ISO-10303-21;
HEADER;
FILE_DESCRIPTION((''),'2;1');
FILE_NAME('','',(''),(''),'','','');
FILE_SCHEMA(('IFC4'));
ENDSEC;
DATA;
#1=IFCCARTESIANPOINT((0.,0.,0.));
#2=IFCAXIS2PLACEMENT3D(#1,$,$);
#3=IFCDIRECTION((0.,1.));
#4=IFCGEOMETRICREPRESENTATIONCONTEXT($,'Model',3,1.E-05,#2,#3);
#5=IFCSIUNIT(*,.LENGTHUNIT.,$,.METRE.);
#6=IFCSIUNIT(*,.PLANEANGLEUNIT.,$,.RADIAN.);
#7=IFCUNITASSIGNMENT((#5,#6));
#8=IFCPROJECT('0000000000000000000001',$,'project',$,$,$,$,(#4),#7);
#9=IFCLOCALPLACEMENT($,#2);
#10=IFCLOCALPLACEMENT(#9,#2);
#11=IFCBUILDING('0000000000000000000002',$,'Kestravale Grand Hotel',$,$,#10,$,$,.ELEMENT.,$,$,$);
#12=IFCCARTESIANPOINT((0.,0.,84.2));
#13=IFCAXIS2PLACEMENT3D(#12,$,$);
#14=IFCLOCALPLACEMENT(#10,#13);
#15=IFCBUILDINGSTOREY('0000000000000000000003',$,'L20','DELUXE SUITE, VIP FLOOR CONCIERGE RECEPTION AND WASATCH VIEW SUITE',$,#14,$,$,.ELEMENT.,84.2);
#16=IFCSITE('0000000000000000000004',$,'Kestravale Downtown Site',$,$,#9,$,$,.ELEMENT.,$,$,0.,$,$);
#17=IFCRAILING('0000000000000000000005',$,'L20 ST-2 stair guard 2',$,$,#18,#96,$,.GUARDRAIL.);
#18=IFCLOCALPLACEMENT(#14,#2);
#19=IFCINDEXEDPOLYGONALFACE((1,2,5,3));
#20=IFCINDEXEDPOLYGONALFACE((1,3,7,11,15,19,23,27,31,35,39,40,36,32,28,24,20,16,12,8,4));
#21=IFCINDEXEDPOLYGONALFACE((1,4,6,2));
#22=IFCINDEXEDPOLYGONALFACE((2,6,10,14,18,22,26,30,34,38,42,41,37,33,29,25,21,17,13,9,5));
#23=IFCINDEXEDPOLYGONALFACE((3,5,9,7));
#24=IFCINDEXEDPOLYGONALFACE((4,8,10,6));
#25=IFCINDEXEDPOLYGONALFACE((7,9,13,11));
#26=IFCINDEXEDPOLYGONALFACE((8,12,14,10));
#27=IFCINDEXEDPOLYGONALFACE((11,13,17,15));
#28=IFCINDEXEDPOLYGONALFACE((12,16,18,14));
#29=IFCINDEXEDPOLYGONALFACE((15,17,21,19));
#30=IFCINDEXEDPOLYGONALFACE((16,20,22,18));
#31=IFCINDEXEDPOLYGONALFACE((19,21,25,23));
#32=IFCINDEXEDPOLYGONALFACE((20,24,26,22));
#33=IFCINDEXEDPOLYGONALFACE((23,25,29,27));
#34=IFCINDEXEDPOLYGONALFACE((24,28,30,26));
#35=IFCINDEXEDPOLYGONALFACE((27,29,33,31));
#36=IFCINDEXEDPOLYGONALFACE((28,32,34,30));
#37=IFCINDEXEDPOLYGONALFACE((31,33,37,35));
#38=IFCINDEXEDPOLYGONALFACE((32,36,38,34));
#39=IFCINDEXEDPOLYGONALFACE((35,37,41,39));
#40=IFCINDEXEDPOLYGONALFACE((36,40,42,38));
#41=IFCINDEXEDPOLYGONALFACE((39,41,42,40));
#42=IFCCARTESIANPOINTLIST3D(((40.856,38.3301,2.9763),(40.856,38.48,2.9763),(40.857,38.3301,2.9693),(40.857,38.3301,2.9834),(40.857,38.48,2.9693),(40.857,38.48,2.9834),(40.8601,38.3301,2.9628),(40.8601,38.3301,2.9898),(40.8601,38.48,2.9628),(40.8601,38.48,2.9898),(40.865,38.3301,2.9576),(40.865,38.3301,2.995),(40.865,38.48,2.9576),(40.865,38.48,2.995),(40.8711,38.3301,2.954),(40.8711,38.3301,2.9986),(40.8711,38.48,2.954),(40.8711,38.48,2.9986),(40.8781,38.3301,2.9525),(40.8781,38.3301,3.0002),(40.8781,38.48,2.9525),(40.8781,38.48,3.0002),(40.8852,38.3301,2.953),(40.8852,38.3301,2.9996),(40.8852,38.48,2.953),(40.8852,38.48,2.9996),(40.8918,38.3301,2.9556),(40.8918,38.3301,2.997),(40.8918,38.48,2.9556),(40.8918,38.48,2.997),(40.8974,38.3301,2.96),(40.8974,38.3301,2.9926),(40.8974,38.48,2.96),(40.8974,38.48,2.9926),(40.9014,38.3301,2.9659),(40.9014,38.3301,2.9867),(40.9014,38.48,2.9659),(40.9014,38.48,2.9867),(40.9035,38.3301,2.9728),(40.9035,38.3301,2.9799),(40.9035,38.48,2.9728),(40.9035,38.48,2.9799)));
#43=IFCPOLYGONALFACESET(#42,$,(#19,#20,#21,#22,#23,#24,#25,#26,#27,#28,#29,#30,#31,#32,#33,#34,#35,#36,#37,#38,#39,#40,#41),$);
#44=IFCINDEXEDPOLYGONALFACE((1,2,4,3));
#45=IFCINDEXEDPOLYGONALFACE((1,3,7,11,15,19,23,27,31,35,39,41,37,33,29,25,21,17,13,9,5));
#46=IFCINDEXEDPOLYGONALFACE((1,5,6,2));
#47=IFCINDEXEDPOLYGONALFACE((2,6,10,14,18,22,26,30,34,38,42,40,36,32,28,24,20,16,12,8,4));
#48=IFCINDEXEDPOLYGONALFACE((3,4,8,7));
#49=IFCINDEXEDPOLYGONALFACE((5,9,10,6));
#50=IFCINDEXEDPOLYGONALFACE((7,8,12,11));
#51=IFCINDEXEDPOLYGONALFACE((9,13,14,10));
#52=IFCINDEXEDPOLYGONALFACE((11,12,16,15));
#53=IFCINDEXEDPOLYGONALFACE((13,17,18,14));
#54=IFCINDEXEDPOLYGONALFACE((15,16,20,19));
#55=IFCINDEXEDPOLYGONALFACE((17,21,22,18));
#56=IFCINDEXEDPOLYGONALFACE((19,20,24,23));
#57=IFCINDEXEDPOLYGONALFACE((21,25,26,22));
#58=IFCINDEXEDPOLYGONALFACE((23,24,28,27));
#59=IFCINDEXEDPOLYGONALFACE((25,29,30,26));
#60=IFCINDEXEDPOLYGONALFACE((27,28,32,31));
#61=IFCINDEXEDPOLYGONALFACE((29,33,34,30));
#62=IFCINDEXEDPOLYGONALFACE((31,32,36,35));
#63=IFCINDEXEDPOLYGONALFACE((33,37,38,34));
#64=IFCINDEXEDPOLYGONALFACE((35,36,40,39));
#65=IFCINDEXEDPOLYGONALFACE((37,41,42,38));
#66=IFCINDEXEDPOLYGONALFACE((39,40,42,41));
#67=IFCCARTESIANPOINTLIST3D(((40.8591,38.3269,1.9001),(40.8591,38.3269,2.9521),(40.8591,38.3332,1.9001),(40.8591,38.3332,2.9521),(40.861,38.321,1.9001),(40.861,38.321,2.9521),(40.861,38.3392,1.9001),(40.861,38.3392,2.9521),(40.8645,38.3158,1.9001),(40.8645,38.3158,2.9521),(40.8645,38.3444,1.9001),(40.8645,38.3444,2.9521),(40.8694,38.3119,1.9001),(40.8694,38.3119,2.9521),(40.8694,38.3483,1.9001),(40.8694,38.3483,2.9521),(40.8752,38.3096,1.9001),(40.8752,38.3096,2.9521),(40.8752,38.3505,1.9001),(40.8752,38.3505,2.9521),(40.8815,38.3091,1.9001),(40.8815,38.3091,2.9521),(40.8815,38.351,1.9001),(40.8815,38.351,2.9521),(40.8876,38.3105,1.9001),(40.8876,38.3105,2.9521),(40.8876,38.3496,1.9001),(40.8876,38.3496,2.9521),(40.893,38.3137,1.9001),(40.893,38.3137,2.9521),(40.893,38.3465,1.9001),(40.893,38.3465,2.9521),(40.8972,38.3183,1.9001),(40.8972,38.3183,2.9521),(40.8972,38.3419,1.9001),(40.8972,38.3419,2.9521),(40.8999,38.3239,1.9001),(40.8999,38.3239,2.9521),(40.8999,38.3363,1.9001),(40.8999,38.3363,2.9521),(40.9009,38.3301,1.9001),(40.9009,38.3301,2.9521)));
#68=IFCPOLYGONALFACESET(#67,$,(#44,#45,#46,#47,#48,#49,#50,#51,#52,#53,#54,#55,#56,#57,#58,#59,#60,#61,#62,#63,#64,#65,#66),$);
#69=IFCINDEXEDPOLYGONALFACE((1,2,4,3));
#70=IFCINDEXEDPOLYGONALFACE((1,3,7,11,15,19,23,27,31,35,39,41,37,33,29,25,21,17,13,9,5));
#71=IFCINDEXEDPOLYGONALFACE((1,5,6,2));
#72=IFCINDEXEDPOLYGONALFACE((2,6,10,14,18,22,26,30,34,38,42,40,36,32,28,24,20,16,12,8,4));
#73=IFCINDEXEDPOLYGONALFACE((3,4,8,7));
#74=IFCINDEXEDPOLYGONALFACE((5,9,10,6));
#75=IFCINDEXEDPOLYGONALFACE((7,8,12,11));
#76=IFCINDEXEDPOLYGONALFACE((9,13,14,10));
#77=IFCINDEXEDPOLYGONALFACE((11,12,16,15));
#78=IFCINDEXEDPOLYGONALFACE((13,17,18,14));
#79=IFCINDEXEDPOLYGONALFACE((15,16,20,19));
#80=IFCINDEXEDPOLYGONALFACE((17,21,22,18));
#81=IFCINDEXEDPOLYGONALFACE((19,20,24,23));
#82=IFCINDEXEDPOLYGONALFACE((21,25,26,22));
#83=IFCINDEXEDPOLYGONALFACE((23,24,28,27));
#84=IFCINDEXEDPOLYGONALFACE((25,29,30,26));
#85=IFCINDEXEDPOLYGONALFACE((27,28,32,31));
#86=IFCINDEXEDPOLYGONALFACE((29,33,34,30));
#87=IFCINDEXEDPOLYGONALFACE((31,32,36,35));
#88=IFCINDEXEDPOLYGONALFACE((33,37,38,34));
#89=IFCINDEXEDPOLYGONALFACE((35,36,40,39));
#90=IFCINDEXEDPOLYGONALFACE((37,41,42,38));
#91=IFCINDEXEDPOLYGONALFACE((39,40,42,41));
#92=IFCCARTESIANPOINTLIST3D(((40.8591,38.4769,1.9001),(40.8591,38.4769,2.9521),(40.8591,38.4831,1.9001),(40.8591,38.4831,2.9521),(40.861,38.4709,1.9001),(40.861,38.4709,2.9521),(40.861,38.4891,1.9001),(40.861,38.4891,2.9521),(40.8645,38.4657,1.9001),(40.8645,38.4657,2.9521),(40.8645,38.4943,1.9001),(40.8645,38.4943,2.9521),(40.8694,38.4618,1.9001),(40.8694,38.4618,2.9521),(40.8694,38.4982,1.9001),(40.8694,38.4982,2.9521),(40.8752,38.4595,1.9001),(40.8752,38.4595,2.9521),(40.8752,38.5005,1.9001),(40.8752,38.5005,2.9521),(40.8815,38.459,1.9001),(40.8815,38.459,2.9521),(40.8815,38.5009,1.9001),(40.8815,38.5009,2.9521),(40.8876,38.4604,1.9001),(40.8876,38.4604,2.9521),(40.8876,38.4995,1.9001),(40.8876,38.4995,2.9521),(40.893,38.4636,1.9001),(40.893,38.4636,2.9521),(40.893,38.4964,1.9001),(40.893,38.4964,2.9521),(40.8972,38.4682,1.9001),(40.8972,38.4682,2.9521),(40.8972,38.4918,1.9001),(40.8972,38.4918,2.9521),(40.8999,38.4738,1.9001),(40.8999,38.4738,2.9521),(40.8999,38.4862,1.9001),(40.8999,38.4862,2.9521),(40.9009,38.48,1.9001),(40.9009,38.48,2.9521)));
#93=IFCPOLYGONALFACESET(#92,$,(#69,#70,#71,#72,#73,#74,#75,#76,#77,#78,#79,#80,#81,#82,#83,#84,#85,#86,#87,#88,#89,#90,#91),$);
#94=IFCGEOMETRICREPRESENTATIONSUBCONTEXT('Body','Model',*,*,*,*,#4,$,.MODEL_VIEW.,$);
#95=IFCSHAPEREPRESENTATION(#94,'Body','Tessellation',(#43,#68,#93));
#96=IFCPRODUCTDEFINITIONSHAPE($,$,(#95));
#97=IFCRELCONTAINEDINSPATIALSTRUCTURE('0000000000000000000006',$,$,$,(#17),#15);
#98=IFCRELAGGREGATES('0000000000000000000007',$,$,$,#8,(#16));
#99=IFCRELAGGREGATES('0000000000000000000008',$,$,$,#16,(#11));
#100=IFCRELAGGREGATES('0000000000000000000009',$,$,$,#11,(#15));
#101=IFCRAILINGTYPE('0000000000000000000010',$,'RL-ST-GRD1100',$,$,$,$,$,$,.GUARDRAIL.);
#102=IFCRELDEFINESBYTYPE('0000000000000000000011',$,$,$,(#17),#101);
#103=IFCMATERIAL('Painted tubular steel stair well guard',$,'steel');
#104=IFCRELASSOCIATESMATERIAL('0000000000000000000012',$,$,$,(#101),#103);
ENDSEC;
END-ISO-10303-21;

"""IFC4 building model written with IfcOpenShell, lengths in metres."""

from ifc_helpers import new_model, si_unit, direction, frame, origin, origin_2d, place, context, subcontext, project, spatial, circle, extrude, material, type_object, element, save


model = new_model("IFC4")

# Units and contexts
model_context = context("Model", 3, precision=1e-05, world=origin(), true_north=direction((0.0, 1.0)))
body_context = subcontext(model_context, "Body", "Model", "MODEL_VIEW")
ifc_project = project(units=[si_unit("LENGTHUNIT", "METRE"), si_unit("PLANEANGLEUNIT", "RADIAN")], contexts=[model_context])

# Site, building, storey
site_placement = place(None, origin())
site = spatial("IfcSite", under=ifc_project, at=site_placement, Name="Kestravale Downtown Site", CompositionType="ELEMENT", RefElevation=0.0)
building_placement = place(site_placement, origin())
building = spatial("IfcBuilding", under=site, at=building_placement, Name="Kestravale Grand Hotel", CompositionType="ELEMENT")
storey_placement = place(building_placement, frame((0.0, 0.0, 84.2)))
storey = spatial("IfcBuildingStorey", under=building, at=storey_placement, Name="L20", Description="DELUXE SUITE, VIP FLOOR CONCIERGE RECEPTION AND WASATCH VIEW SUITE", CompositionType="ELEMENT", Elevation=84.2)

# Railing
ifc_material_1 = material(Name="Painted tubular steel stair well guard", Category="steel")
railing_type_1 = type_object("IfcRailingType", Name="RL-ST-GRD1100", PredefinedType="GUARDRAIL", material=ifc_material_1)
railing_1_placement = place(storey_placement, frame((40.8799, 38.3301, 1.9001)))
element("IfcRailing", 1, at=railing_1_placement, inside=storey, type_object=railing_type_1, Name="L20 ST-2 stair guard 2", PredefinedType="GUARDRAIL", context=body_context, shape_type="SweptSolid", body=[
    extrude(circle(Radius=0.0239, at=origin_2d()), frame((0.0, 0.0, 1.0762), z_axis=(0.0, 1.0, 0.0), x_axis=(-1.0, 0.0, 0.0)), (0.0, 0.0, 1.0), 0.1499),
    extrude(circle(Radius=0.021, at=origin_2d()), origin(), (0.0, 0.0, 1.0), 1.052),
    extrude(circle(Radius=0.021, at=origin_2d()), frame((0.0, 0.1499, 0.0)), (0.0, 0.0, 1.0), 1.052),
])

save(model, "model.ifc")
